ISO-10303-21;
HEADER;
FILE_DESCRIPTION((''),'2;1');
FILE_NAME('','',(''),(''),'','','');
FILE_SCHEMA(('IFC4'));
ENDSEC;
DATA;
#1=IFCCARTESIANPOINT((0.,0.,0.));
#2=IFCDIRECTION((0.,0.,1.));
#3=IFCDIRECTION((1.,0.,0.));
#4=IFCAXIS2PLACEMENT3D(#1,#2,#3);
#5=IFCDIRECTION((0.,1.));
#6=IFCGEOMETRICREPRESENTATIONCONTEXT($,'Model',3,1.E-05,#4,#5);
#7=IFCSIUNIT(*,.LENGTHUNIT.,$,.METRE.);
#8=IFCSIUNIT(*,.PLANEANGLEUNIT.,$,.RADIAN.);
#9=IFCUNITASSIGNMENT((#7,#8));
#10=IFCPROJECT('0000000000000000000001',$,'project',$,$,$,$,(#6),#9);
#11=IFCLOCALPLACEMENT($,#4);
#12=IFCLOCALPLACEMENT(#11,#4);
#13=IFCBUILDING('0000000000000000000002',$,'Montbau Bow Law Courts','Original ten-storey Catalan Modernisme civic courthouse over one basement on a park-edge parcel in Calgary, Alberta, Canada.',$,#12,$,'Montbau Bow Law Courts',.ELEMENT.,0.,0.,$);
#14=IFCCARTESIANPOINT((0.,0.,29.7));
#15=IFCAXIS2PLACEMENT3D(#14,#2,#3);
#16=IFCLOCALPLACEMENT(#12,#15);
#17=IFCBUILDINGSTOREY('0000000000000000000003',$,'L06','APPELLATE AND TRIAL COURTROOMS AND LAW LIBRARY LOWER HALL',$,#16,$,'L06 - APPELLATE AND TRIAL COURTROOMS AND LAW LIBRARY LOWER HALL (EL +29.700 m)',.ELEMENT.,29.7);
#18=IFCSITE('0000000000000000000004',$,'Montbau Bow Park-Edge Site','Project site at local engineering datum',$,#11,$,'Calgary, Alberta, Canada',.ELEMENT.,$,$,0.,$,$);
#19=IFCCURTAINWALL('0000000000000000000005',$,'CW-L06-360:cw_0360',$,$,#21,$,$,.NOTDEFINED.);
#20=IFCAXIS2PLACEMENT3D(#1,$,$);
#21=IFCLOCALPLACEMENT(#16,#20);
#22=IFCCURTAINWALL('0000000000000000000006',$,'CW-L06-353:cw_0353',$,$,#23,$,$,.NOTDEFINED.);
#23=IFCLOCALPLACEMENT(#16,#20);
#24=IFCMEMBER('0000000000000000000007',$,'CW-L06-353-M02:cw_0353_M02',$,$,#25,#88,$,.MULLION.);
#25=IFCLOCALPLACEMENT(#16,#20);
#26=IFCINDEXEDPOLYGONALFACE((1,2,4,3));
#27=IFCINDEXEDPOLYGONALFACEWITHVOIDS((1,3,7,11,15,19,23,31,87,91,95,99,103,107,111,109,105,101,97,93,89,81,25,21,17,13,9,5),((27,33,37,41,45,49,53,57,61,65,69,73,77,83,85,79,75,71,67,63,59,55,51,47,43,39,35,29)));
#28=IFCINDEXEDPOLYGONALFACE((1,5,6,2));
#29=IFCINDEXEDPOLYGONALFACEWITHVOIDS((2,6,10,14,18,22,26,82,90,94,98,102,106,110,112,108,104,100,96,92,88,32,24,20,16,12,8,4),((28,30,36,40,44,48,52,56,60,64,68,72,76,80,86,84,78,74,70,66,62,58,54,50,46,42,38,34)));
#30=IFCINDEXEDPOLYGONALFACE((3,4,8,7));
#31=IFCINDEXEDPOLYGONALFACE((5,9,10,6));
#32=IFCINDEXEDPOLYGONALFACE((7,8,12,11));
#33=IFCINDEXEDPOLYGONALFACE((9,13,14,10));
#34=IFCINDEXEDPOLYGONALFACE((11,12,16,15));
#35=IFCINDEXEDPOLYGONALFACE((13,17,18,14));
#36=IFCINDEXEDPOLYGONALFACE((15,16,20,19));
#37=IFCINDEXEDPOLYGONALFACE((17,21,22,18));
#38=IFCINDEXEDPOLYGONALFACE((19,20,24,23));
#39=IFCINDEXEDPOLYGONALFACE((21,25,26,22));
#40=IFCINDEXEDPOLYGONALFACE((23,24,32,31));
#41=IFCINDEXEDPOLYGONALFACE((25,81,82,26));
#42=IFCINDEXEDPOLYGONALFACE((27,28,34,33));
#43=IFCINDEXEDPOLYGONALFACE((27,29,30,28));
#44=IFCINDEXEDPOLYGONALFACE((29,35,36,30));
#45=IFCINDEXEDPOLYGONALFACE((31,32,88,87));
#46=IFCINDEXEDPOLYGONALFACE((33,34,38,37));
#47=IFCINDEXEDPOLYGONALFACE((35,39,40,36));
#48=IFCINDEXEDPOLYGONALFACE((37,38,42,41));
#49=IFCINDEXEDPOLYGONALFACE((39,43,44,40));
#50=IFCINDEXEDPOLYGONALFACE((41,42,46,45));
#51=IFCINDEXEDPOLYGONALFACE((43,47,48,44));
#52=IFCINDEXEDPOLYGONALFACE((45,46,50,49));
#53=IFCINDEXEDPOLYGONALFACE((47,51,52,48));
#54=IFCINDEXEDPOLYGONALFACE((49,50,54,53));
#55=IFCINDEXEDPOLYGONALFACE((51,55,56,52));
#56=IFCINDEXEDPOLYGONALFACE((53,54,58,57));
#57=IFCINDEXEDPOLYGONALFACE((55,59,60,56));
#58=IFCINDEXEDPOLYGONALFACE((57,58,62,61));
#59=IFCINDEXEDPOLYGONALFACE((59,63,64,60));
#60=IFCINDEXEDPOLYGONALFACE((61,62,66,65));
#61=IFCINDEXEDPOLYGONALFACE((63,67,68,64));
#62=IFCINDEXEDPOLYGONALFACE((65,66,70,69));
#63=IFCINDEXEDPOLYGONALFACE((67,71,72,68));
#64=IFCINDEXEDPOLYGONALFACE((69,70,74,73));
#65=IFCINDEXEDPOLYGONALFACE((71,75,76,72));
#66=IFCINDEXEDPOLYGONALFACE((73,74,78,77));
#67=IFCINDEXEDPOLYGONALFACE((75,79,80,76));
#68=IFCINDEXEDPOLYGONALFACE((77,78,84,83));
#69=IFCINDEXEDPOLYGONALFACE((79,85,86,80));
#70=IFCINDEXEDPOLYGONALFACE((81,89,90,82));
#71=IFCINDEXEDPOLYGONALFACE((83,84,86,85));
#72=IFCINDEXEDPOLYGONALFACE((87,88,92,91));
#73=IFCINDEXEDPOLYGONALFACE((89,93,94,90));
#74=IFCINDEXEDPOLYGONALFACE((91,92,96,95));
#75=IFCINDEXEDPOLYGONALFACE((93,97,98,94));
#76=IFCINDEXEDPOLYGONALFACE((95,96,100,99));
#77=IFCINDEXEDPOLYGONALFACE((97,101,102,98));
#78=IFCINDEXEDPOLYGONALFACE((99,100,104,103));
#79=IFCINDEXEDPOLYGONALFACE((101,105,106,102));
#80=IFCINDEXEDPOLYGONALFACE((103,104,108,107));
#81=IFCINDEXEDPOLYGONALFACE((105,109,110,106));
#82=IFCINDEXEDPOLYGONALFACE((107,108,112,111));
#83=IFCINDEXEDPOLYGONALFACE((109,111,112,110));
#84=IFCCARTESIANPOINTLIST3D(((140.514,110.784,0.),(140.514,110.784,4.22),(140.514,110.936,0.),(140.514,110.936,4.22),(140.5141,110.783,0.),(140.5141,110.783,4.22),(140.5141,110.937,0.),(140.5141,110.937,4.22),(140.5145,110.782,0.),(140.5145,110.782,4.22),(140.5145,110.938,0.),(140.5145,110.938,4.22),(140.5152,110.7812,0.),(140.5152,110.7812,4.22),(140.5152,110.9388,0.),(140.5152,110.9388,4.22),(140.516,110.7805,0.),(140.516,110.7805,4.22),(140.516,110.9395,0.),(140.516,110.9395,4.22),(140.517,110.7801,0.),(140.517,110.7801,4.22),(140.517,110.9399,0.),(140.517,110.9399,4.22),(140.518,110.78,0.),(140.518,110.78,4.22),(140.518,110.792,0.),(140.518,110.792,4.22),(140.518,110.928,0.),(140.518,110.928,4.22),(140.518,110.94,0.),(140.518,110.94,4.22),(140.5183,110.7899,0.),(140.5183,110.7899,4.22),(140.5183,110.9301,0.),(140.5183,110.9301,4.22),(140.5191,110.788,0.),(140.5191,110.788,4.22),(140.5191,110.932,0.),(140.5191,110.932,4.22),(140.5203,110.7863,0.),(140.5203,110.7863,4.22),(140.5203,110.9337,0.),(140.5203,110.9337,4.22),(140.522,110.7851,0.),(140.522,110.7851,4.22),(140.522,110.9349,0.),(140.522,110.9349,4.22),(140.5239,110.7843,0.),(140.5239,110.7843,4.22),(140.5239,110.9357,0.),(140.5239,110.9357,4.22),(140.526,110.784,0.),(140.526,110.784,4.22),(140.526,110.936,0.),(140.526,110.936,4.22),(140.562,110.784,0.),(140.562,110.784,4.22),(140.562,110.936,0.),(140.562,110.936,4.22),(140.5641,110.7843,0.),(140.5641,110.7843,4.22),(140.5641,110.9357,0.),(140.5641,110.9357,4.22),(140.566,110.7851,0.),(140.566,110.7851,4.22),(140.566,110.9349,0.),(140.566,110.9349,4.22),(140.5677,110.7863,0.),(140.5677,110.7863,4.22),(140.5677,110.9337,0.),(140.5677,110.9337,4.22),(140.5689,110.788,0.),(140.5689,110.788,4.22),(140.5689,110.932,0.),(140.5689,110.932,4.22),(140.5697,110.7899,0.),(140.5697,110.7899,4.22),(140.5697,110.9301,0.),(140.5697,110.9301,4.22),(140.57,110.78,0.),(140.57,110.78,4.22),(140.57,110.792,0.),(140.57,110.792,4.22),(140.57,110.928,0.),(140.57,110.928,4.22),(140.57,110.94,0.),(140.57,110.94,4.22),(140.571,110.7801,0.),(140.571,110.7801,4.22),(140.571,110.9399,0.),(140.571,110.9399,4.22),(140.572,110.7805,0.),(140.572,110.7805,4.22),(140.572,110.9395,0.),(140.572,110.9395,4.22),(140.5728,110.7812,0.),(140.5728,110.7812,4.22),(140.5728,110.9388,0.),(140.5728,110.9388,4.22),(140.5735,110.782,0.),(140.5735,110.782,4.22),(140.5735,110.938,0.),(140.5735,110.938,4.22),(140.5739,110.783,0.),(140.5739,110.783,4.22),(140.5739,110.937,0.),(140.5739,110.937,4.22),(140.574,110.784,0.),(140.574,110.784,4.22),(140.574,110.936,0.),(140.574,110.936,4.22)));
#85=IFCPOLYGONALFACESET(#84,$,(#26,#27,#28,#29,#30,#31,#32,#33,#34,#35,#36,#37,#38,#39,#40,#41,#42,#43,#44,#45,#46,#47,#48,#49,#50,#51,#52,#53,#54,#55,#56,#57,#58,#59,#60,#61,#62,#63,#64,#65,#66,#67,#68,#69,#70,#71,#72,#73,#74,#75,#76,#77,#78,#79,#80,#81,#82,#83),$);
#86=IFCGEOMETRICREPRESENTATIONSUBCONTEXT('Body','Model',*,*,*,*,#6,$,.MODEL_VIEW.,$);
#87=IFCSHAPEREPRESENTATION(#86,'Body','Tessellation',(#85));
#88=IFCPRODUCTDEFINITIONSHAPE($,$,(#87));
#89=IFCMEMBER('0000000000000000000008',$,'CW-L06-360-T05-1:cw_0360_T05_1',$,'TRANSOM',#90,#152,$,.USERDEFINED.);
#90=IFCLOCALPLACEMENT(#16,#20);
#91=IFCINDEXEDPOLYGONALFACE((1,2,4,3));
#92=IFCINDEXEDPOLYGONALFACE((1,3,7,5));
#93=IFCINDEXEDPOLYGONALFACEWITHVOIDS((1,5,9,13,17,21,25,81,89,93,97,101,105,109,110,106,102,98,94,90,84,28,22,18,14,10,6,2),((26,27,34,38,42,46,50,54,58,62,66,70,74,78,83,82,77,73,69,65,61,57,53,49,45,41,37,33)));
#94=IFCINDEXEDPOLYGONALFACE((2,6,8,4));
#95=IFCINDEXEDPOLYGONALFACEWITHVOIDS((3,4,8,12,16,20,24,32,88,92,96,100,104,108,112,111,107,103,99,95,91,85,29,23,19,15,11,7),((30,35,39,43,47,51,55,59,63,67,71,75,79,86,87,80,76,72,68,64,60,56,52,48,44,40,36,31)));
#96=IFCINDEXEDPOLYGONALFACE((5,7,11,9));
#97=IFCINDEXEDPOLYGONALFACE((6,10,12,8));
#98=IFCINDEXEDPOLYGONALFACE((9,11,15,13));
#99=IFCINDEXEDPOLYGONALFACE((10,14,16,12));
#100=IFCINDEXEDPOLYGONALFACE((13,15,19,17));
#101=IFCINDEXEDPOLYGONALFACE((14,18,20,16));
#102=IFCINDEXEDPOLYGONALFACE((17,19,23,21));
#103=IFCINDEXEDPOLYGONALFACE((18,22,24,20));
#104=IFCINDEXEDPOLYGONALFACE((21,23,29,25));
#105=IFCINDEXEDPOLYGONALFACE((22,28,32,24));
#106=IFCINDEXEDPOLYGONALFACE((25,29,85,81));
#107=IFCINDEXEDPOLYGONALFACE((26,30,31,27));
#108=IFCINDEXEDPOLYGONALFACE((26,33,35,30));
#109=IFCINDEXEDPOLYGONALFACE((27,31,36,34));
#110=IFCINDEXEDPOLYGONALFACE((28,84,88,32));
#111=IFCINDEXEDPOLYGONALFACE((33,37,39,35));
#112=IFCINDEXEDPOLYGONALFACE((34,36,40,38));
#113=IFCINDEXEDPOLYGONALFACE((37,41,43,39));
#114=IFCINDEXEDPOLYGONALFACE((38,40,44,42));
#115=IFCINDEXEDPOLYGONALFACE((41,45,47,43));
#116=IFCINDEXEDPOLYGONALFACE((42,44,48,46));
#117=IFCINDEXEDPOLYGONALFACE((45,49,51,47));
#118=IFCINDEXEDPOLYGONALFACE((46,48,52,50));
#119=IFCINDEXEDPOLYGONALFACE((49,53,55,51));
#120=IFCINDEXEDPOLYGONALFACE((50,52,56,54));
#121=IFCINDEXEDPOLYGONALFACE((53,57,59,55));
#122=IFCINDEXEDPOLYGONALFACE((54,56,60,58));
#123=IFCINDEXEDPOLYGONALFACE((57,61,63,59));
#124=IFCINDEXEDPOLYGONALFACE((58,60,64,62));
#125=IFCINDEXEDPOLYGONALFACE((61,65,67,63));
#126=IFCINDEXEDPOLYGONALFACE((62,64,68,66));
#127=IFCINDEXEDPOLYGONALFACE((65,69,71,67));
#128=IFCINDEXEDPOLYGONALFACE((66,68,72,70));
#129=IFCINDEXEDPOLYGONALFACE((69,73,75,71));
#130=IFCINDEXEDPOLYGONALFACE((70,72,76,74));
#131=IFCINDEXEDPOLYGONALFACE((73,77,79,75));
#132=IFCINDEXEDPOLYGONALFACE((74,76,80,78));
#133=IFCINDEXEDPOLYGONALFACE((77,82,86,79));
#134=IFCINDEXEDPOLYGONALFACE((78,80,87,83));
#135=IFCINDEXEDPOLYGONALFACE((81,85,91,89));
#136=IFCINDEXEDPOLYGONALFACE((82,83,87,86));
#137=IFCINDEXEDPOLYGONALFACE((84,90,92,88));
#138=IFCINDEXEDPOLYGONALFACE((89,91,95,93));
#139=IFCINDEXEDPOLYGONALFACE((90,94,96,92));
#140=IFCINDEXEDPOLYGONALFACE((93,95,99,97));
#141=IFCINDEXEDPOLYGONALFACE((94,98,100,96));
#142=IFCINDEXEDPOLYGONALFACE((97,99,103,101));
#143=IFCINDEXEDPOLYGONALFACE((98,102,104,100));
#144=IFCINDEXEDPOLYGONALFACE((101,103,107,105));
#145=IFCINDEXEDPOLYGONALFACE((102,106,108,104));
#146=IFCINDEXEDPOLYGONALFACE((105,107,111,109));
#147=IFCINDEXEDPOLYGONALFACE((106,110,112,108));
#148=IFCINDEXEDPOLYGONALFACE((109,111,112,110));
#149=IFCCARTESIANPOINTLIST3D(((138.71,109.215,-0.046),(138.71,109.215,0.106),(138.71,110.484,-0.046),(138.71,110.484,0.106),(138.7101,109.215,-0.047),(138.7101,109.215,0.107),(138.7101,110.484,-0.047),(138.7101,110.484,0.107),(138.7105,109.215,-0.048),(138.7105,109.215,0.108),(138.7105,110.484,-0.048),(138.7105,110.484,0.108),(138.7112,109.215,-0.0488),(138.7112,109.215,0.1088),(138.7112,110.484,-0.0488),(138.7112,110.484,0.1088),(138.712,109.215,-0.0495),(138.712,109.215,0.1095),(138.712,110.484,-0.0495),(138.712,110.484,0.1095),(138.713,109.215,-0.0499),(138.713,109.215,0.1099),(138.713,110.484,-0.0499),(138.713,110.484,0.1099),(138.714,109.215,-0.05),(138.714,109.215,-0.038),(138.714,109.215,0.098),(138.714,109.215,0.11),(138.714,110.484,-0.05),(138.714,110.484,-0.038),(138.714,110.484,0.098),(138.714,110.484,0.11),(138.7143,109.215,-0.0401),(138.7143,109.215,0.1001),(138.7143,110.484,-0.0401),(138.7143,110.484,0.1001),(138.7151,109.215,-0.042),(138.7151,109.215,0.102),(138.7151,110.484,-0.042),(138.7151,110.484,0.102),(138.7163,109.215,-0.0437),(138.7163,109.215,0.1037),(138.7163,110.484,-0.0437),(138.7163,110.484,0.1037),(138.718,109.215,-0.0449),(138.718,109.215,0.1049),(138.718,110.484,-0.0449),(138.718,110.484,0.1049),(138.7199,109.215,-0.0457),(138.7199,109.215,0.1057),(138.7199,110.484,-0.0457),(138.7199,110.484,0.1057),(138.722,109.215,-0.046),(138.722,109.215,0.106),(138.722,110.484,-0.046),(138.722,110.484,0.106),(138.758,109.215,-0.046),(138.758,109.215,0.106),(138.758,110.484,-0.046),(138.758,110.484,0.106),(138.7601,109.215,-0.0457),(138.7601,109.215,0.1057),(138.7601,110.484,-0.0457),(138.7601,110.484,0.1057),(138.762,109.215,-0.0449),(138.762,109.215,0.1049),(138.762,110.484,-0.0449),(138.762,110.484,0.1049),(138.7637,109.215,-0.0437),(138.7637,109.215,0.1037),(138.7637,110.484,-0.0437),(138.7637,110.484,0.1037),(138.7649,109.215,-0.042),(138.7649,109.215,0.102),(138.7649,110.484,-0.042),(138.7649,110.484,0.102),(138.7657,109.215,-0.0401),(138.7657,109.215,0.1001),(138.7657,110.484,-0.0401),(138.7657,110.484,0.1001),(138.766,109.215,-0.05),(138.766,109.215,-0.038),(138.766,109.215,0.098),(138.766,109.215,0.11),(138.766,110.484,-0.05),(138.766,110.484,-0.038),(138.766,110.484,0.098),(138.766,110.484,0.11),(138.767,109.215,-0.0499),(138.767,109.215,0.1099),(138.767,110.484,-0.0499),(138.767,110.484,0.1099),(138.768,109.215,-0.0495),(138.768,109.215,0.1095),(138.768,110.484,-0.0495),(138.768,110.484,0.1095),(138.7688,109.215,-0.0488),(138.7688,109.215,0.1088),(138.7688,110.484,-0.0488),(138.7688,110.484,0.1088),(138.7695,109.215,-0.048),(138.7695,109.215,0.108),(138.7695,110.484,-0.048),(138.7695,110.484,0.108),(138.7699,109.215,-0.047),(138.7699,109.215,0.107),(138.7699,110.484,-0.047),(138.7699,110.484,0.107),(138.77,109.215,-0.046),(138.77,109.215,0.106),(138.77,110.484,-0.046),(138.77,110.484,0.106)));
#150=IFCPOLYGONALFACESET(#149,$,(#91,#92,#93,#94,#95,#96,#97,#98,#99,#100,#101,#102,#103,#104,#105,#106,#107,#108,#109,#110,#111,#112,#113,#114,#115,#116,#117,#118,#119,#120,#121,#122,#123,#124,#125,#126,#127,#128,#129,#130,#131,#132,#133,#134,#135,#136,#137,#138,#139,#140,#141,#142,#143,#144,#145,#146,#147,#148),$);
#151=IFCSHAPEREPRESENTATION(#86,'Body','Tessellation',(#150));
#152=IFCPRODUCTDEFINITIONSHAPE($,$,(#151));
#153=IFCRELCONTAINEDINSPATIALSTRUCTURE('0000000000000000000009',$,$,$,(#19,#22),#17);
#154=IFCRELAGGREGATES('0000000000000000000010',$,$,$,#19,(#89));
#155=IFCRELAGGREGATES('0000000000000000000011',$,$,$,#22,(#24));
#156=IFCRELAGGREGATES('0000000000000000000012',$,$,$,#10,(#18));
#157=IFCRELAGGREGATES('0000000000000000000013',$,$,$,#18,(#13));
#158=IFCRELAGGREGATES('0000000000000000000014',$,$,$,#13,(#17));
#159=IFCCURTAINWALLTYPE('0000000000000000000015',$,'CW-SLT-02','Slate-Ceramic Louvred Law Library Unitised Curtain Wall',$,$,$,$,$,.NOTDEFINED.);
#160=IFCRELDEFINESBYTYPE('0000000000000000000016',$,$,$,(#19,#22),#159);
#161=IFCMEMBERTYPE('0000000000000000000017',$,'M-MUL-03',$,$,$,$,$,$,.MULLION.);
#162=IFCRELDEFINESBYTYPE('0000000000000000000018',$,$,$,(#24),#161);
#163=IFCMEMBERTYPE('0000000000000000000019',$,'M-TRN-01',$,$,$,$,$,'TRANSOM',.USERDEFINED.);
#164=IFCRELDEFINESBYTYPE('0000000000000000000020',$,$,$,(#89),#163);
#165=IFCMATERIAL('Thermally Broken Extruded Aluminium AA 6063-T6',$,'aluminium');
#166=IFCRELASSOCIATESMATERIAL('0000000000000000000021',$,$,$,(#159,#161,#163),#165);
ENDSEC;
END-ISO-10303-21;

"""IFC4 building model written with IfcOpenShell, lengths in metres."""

from ifc_helpers import new_model, si_unit, direction, frame, origin_with_axes, origin_2d_with_axis, place, context, subcontext, project, spatial, hollow_rectangle, extrude, material, material_profile, profile_set, type_object, element, aggregate, save


model = new_model("IFC4")

# Units and contexts
model_context = context("Model", 3, precision=1e-05, world=origin_with_axes(), true_north=direction((0.0, 1.0)))
body_context = subcontext(model_context, "Body", "Model", "MODEL_VIEW")
ifc_project = project(units=[si_unit("LENGTHUNIT", "METRE"), si_unit("PLANEANGLEUNIT", "RADIAN")], contexts=[model_context])

# Site, building, storey
site_placement = place(None, origin_with_axes())
site = spatial("IfcSite", under=ifc_project, at=site_placement, Name="Montbau Bow Park-Edge Site", Description="Project site at local engineering datum", LongName="Calgary, Alberta, Canada", CompositionType="ELEMENT", RefElevation=0.0)
building_placement = place(site_placement, origin_with_axes())
building = spatial("IfcBuilding", under=site, at=building_placement, Name="Montbau Bow Law Courts", Description="Original ten-storey Catalan Modernisme civic courthouse over one basement on a park-edge parcel in Calgary, Alberta, Canada.", LongName="Montbau Bow Law Courts", CompositionType="ELEMENT", ElevationOfRefHeight=0.0, ElevationOfTerrain=0.0)
storey_placement = place(building_placement, frame((0.0, 0.0, 29.7), z_axis=(0.0, 0.0, 1.0), x_axis=(1.0, 0.0, 0.0)))
storey = spatial("IfcBuildingStorey", under=building, at=storey_placement, Name="L06", Description="APPELLATE AND TRIAL COURTROOMS AND LAW LIBRARY LOWER HALL", LongName="L06 - APPELLATE AND TRIAL COURTROOMS AND LAW LIBRARY LOWER HALL (EL +29.700 m)", CompositionType="ELEMENT", Elevation=29.7)

# Curtain wall
ifc_material_1 = material(Name="Thermally Broken Extruded Aluminium AA 6063-T6", Category="aluminium")
curtain_wall_type = type_object("IfcCurtainWallType", Name="CW-SLT-02", Description="Slate-Ceramic Louvred Law Library Unitised Curtain Wall", PredefinedType="NOTDEFINED", material=ifc_material_1)
curtain_wall_1_placement = place(None, frame((138.74, 103.64, 29.7), z_axis=(0.0, 0.0, 1.0), x_axis=(1.0, 0.0, 0.0)))
curtain_wall_1 = element("IfcCurtainWall", 1, at=curtain_wall_1_placement, inside=storey, type_object=curtain_wall_type, Name="CW-L06-360:cw_0360", PredefinedType="NOTDEFINED")

# Curtain wall, member
curtain_wall_2_placement = place(None, frame((139.04, 110.86, 29.7), z_axis=(0.0, 0.0, 1.0), x_axis=(1.0, 0.0, 0.0)))
curtain_wall_2 = element("IfcCurtainWall", 2, at=curtain_wall_2_placement, inside=storey, type_object=curtain_wall_type, Name="CW-L06-353:cw_0353", PredefinedType="NOTDEFINED")
ifc_material_profile_1 = material_profile(ifc_material_1, hollow_rectangle(XDim=0.06, YDim=0.16, WallThickness=0.004, InnerFilletRadius=0.008, OuterFilletRadius=0.004, at=origin_2d_with_axis()), Name="CWM-160X60", Category="Main", Priority=0)
ifc_profile_set_1 = profile_set([ifc_material_profile_1], Name="Thermally Broken Extruded Aluminium AA 6063-T6")
member_type_1 = type_object("IfcMemberType", Name="M-MUL-03", PredefinedType="MULLION", material=ifc_profile_set_1)
member_1_placement = place(None, frame((140.544, 110.86, 29.7), z_axis=(0.0, 0.0, 1.0), x_axis=(1.0, 0.0, 0.0)))
member_1 = element("IfcMember", 3, at=member_1_placement, type_object=member_type_1, Name="CW-L06-353-M02:cw_0353_M02", PredefinedType="MULLION", context=body_context, shape_type="SweptSolid", body=[
    extrude(hollow_rectangle(XDim=0.06, YDim=0.16, WallThickness=0.004, InnerFilletRadius=0.008, OuterFilletRadius=0.004, at=origin_2d_with_axis()), origin_with_axes(), (0.0, 0.0, 1.0), 4.22),
])

# Member
ifc_material_profile_2 = material_profile(ifc_material_1, hollow_rectangle(XDim=0.06, YDim=0.16, WallThickness=0.004, InnerFilletRadius=0.008, OuterFilletRadius=0.004, at=origin_2d_with_axis()), Name="CWT-160X60", Category="Main", Priority=0)
ifc_profile_set_2 = profile_set([ifc_material_profile_2], Name="Thermally Broken Extruded Aluminium AA 6063-T6")
member_type_2 = type_object("IfcMemberType", Name="M-TRN-01", ElementType="TRANSOM", PredefinedType="USERDEFINED", material=ifc_profile_set_2)
member_2_placement = place(None, frame((138.74, 109.215, 29.73), z_axis=(0.0, 1.0, 0.0), x_axis=(-1.0, 0.0, 0.0)))
member_2 = element("IfcMember", 4, at=member_2_placement, type_object=member_type_2, Name="CW-L06-360-T05-1:cw_0360_T05_1", ObjectType="TRANSOM", PredefinedType="USERDEFINED", context=body_context, shape_type="SweptSolid", body=[
    extrude(hollow_rectangle(XDim=0.06, YDim=0.16, WallThickness=0.004, InnerFilletRadius=0.008, OuterFilletRadius=0.004, at=origin_2d_with_axis()), origin_with_axes(), (0.0, 0.0, 1.0), 1.269),
])

aggregate(curtain_wall_1, [member_2])
aggregate(curtain_wall_2, [member_1])

save(model, "model.ifc")
